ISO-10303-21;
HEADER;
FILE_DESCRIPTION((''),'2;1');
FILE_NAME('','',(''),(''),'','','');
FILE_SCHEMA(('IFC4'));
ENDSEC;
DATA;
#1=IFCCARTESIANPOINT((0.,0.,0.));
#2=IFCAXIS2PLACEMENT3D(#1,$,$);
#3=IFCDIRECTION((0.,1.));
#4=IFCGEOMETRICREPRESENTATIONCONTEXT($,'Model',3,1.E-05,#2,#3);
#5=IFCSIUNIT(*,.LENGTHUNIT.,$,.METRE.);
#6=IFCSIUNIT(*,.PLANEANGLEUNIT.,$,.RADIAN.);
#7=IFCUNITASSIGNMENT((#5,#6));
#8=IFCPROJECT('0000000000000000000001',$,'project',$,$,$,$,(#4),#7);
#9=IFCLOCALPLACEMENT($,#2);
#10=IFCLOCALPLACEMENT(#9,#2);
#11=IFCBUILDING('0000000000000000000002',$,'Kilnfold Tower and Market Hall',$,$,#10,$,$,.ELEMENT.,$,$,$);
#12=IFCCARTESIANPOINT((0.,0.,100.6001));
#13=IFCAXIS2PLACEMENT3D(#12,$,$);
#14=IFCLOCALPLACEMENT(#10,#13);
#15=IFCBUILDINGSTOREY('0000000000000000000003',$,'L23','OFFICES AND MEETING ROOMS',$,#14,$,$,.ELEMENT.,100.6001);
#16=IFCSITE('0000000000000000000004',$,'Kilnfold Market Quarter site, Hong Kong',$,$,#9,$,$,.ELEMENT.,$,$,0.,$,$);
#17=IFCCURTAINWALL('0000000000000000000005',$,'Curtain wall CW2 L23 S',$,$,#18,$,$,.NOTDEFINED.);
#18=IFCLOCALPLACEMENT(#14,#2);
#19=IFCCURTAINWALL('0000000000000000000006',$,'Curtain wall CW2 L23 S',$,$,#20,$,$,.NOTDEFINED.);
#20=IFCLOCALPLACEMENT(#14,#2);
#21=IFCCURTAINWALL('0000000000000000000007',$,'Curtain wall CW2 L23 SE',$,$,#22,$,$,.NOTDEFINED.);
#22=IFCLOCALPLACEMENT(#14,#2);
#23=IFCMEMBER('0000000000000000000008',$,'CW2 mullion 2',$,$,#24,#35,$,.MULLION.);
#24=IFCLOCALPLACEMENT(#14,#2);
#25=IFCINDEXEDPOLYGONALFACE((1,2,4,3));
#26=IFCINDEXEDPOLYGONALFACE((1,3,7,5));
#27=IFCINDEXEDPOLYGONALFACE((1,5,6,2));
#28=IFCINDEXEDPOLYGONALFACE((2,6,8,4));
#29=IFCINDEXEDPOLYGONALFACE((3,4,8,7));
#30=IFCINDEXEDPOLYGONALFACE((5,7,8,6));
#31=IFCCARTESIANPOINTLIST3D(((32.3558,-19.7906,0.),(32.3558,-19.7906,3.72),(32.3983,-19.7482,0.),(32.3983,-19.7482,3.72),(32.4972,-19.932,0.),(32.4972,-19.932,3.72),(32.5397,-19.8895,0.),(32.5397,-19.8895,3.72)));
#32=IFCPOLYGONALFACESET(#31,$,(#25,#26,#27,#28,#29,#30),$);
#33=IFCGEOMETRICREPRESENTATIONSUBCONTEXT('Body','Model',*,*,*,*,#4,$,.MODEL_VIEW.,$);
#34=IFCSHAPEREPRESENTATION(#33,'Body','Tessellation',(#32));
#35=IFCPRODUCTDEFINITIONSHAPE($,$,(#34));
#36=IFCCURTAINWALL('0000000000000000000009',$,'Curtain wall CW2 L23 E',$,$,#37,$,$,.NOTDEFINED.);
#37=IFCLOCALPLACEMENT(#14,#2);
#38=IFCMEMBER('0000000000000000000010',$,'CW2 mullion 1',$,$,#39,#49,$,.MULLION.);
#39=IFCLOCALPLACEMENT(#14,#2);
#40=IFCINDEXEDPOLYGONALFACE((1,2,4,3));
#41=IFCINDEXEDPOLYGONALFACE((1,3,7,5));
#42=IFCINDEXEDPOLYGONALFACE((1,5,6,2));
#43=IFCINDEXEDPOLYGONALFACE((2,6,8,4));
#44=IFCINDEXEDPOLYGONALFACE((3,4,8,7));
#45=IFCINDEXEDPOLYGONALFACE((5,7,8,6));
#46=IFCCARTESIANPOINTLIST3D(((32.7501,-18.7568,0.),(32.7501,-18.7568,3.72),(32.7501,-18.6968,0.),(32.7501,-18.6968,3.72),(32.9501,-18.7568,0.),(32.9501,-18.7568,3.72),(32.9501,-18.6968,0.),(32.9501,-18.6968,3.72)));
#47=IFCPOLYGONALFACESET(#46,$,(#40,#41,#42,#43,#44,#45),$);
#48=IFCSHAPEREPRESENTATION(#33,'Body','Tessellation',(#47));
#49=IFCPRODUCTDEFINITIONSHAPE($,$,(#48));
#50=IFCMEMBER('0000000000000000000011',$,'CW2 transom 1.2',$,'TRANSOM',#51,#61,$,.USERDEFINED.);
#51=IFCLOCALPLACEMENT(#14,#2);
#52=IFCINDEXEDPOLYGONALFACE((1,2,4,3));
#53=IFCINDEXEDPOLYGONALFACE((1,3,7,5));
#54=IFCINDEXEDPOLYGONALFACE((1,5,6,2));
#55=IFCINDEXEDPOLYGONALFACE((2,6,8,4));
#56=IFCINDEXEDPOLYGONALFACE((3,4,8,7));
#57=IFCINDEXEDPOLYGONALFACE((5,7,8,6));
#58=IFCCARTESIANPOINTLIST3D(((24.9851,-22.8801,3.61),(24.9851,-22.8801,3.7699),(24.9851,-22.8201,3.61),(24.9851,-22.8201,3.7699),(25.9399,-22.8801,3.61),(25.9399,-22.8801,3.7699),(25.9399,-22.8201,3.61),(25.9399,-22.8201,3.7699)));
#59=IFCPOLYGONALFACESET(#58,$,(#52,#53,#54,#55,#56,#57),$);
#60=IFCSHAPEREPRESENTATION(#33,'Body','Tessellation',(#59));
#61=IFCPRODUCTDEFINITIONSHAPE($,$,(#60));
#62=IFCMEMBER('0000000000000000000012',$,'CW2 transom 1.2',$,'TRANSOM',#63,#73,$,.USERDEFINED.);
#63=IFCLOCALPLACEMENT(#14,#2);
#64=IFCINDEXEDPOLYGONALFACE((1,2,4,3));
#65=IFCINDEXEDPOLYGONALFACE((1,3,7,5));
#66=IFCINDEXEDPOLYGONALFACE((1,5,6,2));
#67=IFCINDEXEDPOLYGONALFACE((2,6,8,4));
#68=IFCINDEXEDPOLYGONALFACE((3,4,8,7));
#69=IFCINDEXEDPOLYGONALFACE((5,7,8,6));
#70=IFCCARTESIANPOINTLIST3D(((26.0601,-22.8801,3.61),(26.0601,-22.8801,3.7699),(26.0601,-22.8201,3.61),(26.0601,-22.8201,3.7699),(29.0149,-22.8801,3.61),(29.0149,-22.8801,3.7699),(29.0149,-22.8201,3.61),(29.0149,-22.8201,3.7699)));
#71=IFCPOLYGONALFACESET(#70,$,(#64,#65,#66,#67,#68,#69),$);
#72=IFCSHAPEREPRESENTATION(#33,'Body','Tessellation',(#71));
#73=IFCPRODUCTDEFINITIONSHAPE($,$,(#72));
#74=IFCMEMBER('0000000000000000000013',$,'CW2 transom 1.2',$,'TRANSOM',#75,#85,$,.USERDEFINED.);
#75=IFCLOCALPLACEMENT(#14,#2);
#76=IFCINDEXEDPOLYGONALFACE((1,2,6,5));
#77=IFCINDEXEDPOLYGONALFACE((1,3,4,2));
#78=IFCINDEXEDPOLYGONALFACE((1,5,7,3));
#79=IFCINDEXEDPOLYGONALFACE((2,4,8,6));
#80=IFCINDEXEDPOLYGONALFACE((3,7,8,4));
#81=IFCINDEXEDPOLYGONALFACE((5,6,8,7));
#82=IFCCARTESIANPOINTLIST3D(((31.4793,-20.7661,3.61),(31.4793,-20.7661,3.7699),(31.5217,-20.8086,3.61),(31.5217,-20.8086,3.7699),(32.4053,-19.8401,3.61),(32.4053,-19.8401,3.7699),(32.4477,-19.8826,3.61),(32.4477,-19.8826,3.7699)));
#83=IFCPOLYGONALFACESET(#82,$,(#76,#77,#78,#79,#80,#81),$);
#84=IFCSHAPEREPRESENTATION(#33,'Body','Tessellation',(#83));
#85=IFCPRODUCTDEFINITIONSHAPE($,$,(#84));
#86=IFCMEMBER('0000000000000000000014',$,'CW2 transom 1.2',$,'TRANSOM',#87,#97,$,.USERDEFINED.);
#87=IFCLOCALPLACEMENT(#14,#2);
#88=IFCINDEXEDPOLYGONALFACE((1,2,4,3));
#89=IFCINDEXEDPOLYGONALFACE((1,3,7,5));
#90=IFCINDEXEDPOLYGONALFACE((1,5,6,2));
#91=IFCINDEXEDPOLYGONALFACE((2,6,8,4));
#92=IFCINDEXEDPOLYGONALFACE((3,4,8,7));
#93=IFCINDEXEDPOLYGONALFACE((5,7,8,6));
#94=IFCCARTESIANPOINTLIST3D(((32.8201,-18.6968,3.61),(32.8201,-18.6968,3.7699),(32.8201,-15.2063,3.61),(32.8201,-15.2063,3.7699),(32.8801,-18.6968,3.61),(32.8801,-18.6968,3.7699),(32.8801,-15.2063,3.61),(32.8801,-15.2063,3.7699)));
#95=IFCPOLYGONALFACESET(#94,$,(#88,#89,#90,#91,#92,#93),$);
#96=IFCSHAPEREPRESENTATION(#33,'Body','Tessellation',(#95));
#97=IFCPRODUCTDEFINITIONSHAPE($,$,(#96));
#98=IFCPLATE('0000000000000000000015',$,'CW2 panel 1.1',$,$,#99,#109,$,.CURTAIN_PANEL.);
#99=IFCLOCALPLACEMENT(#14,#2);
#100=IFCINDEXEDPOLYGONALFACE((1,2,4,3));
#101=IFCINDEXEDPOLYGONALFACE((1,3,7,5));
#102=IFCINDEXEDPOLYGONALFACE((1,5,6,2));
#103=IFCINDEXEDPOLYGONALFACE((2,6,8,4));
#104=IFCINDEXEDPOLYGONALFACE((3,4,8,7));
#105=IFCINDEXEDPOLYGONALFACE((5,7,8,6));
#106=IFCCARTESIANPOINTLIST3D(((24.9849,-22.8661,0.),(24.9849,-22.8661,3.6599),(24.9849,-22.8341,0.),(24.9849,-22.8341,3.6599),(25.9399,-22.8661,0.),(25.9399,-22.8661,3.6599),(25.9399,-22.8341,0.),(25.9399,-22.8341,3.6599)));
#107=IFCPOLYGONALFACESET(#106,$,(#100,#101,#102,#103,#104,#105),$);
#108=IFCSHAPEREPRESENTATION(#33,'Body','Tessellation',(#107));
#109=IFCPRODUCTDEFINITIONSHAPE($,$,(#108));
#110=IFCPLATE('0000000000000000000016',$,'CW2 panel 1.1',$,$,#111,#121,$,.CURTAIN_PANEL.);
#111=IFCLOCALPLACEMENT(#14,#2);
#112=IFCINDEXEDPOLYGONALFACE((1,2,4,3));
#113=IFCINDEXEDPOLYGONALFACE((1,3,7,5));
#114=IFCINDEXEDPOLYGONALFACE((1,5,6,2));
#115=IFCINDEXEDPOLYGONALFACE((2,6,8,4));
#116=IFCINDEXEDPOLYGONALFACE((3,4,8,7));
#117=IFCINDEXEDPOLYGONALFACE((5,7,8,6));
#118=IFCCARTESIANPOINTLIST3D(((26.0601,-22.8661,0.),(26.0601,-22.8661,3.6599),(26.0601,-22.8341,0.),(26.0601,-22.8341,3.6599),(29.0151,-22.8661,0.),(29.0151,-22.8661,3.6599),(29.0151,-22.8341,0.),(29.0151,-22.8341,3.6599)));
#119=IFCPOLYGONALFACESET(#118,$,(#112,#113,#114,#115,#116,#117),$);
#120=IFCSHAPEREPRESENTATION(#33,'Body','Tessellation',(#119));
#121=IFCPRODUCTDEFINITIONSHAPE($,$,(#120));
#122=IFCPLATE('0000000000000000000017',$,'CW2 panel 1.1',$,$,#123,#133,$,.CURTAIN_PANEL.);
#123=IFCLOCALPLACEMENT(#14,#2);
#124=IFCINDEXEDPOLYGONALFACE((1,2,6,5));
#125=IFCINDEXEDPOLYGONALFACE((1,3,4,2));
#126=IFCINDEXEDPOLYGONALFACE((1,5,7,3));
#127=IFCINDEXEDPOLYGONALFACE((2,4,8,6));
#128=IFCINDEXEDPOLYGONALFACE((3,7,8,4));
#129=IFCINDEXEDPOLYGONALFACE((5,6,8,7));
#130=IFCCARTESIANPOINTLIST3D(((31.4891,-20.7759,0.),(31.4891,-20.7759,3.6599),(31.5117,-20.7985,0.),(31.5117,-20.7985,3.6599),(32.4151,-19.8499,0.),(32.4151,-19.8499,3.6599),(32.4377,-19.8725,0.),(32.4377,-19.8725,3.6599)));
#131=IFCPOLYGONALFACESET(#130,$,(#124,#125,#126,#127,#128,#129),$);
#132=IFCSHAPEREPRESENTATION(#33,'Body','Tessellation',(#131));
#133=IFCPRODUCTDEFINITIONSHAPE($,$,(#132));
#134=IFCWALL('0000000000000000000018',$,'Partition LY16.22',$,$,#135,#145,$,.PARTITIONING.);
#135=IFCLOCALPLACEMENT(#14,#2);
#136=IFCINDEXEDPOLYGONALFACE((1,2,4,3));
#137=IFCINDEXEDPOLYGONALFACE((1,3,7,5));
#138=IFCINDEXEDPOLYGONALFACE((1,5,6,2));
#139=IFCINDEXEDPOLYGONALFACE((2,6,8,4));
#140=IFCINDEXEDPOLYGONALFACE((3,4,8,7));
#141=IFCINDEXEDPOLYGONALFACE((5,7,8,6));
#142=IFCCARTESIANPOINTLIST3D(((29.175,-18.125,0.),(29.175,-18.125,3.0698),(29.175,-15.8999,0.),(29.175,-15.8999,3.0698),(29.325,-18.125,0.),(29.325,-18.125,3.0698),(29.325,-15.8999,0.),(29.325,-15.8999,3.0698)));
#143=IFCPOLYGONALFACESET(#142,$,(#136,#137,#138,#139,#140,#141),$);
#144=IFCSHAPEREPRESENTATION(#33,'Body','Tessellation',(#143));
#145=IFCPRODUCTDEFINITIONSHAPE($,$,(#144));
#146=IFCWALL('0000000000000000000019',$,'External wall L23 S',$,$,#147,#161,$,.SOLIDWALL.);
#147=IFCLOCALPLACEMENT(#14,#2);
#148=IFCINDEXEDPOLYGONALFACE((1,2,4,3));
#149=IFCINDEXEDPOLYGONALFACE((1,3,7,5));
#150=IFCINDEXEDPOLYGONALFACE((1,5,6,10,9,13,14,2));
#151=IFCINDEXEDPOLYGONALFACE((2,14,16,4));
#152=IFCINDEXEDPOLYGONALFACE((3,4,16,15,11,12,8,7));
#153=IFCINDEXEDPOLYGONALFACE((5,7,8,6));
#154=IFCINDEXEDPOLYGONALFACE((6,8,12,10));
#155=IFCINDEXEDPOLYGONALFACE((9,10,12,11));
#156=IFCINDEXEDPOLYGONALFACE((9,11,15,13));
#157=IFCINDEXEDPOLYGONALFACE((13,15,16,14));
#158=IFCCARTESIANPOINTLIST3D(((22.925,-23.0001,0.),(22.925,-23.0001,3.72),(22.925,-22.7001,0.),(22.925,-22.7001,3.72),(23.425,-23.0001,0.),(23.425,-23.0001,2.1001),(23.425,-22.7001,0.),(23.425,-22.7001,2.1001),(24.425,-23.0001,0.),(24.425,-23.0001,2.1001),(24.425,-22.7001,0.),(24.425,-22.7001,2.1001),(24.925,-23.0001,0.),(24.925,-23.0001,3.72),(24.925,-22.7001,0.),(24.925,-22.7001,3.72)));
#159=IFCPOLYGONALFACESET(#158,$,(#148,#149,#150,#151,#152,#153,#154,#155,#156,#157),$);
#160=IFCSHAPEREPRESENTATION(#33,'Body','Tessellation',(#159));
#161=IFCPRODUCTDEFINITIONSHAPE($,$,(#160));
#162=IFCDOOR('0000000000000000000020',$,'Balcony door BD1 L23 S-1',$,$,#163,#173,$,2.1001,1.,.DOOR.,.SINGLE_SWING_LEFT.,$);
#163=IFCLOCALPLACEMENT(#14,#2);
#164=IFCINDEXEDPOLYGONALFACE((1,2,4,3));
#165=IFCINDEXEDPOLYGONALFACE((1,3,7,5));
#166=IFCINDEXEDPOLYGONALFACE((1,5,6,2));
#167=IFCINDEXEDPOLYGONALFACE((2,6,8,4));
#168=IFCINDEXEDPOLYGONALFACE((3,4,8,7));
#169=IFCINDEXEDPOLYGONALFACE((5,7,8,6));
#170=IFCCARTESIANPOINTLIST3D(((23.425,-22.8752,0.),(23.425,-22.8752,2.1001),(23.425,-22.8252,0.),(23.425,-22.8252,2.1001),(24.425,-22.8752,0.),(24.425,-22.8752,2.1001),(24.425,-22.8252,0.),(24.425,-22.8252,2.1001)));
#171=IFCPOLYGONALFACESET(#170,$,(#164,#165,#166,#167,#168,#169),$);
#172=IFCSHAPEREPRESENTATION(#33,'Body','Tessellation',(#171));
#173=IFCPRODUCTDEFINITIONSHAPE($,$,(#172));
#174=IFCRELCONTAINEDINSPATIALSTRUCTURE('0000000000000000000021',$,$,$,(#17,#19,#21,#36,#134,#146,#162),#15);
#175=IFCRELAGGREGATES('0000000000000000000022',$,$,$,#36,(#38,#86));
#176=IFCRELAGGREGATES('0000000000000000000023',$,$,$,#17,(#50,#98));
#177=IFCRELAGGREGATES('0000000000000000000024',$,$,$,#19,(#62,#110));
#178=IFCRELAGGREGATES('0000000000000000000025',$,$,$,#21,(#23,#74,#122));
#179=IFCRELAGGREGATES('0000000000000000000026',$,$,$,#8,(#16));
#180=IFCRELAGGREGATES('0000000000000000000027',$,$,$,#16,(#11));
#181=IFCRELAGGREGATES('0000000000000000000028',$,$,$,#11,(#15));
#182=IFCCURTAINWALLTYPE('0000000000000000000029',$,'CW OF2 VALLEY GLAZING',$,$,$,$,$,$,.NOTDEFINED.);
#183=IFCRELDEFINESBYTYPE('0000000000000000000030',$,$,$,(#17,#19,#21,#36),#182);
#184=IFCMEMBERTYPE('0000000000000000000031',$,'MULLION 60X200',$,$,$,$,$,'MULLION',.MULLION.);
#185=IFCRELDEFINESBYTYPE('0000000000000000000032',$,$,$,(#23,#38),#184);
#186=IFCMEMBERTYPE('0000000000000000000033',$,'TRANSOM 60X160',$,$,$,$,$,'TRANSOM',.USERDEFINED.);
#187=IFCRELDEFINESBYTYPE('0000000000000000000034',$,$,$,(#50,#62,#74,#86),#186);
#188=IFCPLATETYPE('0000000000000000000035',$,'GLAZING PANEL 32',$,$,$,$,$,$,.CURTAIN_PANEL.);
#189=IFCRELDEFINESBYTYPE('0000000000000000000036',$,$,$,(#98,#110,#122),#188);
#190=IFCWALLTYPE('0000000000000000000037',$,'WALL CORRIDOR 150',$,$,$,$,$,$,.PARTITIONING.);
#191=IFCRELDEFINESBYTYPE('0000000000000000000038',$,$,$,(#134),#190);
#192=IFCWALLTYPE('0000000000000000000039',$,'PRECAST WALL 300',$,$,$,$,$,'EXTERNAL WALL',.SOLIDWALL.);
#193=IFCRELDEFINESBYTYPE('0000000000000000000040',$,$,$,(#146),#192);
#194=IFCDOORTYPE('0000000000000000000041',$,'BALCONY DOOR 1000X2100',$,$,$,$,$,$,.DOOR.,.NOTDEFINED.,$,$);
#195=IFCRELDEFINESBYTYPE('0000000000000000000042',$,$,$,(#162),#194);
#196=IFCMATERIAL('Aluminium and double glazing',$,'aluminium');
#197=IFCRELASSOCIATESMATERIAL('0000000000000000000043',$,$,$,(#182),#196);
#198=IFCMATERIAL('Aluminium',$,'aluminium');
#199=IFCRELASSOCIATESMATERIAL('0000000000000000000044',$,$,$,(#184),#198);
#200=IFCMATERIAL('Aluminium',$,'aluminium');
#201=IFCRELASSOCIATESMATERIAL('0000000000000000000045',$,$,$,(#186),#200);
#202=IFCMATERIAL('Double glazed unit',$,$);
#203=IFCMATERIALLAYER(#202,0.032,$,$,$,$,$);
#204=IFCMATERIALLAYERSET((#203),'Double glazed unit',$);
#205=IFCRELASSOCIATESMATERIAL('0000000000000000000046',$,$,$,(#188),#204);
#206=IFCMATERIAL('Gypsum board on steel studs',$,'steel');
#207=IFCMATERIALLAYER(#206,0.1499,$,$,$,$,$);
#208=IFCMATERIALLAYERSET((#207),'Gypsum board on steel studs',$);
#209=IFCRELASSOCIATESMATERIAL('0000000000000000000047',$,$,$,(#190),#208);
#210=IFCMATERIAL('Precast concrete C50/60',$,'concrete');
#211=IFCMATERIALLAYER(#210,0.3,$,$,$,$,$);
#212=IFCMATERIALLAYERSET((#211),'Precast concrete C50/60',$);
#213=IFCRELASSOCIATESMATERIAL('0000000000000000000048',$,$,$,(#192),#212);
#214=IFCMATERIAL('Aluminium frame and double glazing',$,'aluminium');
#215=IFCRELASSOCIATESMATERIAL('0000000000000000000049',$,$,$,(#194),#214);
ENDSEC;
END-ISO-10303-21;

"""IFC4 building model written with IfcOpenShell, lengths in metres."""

from ifc_helpers import new_model, si_unit, direction, frame, frame_2d, origin, origin_2d, place, context, subcontext, project, spatial, rectangle, extrude, source, transform, mapped, material, layer, layer_set, material_profile, profile_set, type_object, element, fill, aggregate, save


model = new_model("IFC4")

# Units and contexts
model_context = context("Model", 3, precision=1e-05, world=origin(), true_north=direction((0.0, 1.0)))
body_context = subcontext(model_context, "Body", "Model", "MODEL_VIEW")
ifc_project = project(units=[si_unit("LENGTHUNIT", "METRE"), si_unit("PLANEANGLEUNIT", "RADIAN")], contexts=[model_context])

# Site, building, storey
site_placement = place(None, origin())
site = spatial("IfcSite", under=ifc_project, at=site_placement, Name="Kilnfold Market Quarter site, Hong Kong", CompositionType="ELEMENT", RefElevation=0.0)
building_placement = place(site_placement, origin())
building = spatial("IfcBuilding", under=site, at=building_placement, Name="Kilnfold Tower and Market Hall", CompositionType="ELEMENT")
storey_placement = place(building_placement, frame((0.0, 0.0, 100.6001)))
storey = spatial("IfcBuildingStorey", under=building, at=storey_placement, Name="L23", Description="OFFICES AND MEETING ROOMS", CompositionType="ELEMENT", Elevation=100.6001)

# Shared definitions
ifc_material_1 = material(Name="Aluminium and double glazing", Category="aluminium")
curtain_wall_type = type_object("IfcCurtainWallType", Name="CW OF2 VALLEY GLAZING", PredefinedType="NOTDEFINED", material=ifc_material_1)
ifc_material_2 = material(Name="Aluminium", Category="aluminium")
ifc_material_profile_1 = material_profile(ifc_material_2, rectangle(XDim=0.0601, YDim=0.2, at=origin_2d()), Name="MULLION 60x200")
ifc_profile_set_1 = profile_set([ifc_material_profile_1], Name="Aluminium")
member_type_1 = type_object("IfcMemberType", Name="MULLION 60X200", ElementType="MULLION", PredefinedType="MULLION", material=ifc_profile_set_1)
shared_shape_1 = source(origin(), body_context, "Body", "SweptSolid", [
    extrude(rectangle(XDim=0.0601, YDim=0.2, at=origin_2d()), origin(), (0.0, 0.0, 1.0), 3.72),
])

# Curtain walls, member
curtain_wall_1_placement = place(storey_placement, origin())
curtain_wall_1 = element("IfcCurtainWall", 1, at=curtain_wall_1_placement, inside=storey, type_object=curtain_wall_type, Name="Curtain wall CW2 L23 S", PredefinedType="NOTDEFINED")
curtain_wall_2_placement = place(storey_placement, origin())
curtain_wall_2 = element("IfcCurtainWall", 2, at=curtain_wall_2_placement, inside=storey, type_object=curtain_wall_type, Name="Curtain wall CW2 L23 S", PredefinedType="NOTDEFINED")
curtain_wall_3_placement = place(storey_placement, origin())
curtain_wall_3 = element("IfcCurtainWall", 3, at=curtain_wall_3_placement, inside=storey, type_object=curtain_wall_type, Name="Curtain wall CW2 L23 SE", PredefinedType="NOTDEFINED")
member_1_placement = place(storey_placement, frame((32.4478, -19.8401, 0.0), z_axis=(0.0, 0.0, 1.0), x_axis=(0.707107, 0.707107, 0.0)))
member_1 = element("IfcMember", 4, at=member_1_placement, type_object=member_type_1, Name="CW2 mullion 2", PredefinedType="MULLION", context=body_context, shape_type="MappedRepresentation", body=[
    mapped(shared_shape_1, transform((0.0, 0.0, 0.0))),
])

# Curtain wall, member
curtain_wall_4_placement = place(storey_placement, origin())
curtain_wall_4 = element("IfcCurtainWall", 5, at=curtain_wall_4_placement, inside=storey, type_object=curtain_wall_type, Name="Curtain wall CW2 L23 E", PredefinedType="NOTDEFINED")
member_2_placement = place(storey_placement, frame((32.8501, -18.7268, 0.0), z_axis=(0.0, 0.0, 1.0), x_axis=(0.0, 1.0, 0.0)))
member_2 = element("IfcMember", 6, at=member_2_placement, type_object=member_type_1, Name="CW2 mullion 1", PredefinedType="MULLION", context=body_context, shape_type="MappedRepresentation", body=[
    mapped(shared_shape_1, transform((0.0, 0.0, 0.0))),
])

# Members
ifc_material_3 = material(Name="Aluminium", Category="aluminium")
ifc_material_profile_2 = material_profile(ifc_material_3, rectangle(XDim=0.0601, YDim=0.1599, at=origin_2d()), Name="TRANSOM 60x160")
ifc_profile_set_2 = profile_set([ifc_material_profile_2], Name="Aluminium")
member_type_2 = type_object("IfcMemberType", Name="TRANSOM 60X160", ElementType="TRANSOM", PredefinedType="USERDEFINED", material=ifc_profile_set_2)
shared_shape_2 = source(origin(), body_context, "Body", "SweptSolid", [
    extrude(rectangle(XDim=0.0601, YDim=0.1599, at=origin_2d()), origin(), (0.0, 0.0, 1.0), 0.9548),
])
member_3_placement = place(storey_placement, frame((24.9851, -22.8501, 3.6899), z_axis=(1.0, 0.0, 0.0), x_axis=(0.0, 1.0, 0.0)))
member_3 = element("IfcMember", 7, at=member_3_placement, type_object=member_type_2, Name="CW2 transom 1.2", ObjectType="TRANSOM", PredefinedType="USERDEFINED", context=body_context, shape_type="MappedRepresentation", body=[
    mapped(shared_shape_2, transform((0.0, 0.0, 0.0))),
])
shared_shape_3 = source(origin(), body_context, "Body", "SweptSolid", [
    extrude(rectangle(XDim=0.0601, YDim=0.1599, at=origin_2d()), origin(), (0.0, 0.0, 1.0), 2.9548),
])
member_4_placement = place(storey_placement, frame((26.0601, -22.8501, 3.6899), z_axis=(1.0, 0.0, 0.0), x_axis=(0.0, 1.0, 0.0)))
member_4 = element("IfcMember", 8, at=member_4_placement, type_object=member_type_2, Name="CW2 transom 1.2", ObjectType="TRANSOM", PredefinedType="USERDEFINED", context=body_context, shape_type="MappedRepresentation", body=[
    mapped(shared_shape_3, transform((0.0, 0.0, 0.0))),
])
shared_shape_4 = source(origin(), body_context, "Body", "SweptSolid", [
    extrude(rectangle(XDim=0.0601, YDim=0.1599, at=origin_2d()), origin(), (0.0, 0.0, 1.0), 1.3096),
])
member_5_placement = place(storey_placement, frame((31.5005, -20.7874, 3.6899), z_axis=(0.707107, 0.707107, 0.0), x_axis=(-0.707107, 0.707107, 0.0)))
member_5 = element("IfcMember", 9, at=member_5_placement, type_object=member_type_2, Name="CW2 transom 1.2", ObjectType="TRANSOM", PredefinedType="USERDEFINED", context=body_context, shape_type="MappedRepresentation", body=[
    mapped(shared_shape_4, transform((0.0, 0.0, 0.0))),
])
shared_shape_5 = source(origin(), body_context, "Body", "SweptSolid", [
    extrude(rectangle(XDim=0.0601, YDim=0.1599, at=origin_2d()), origin(), (0.0, 0.0, 1.0), 3.4905),
])
member_6_placement = place(storey_placement, frame((32.8501, -18.6968, 3.6899), z_axis=(0.0, 1.0, 0.0), x_axis=(-1.0, 0.0, 0.0)))
member_6 = element("IfcMember", 10, at=member_6_placement, type_object=member_type_2, Name="CW2 transom 1.2", ObjectType="TRANSOM", PredefinedType="USERDEFINED", context=body_context, shape_type="MappedRepresentation", body=[
    mapped(shared_shape_5, transform((0.0, 0.0, 0.0))),
])
aggregate(curtain_wall_4, [member_2, member_6])

# Plates
ifc_material_4 = material(Name="Double glazed unit")
ifc_layer_1 = layer(ifc_material_4, 0.032)
ifc_layer_set_1 = layer_set([ifc_layer_1], Name="Double glazed unit")
plate_type = type_object("IfcPlateType", Name="GLAZING PANEL 32", PredefinedType="CURTAIN_PANEL", material=ifc_layer_set_1)
shared_shape_6 = source(origin(), body_context, "Body", "SweptSolid", [
    extrude(rectangle(XDim=0.9551, YDim=0.032, at=origin_2d()), origin(), (0.0, 0.0, 1.0), 3.6599),
])
plate_1_placement = place(storey_placement, frame((25.4624, -22.8501, 0.0), z_axis=(0.0, 0.0, 1.0), x_axis=(1.0, 0.0, 0.0)))
plate_1 = element("IfcPlate", 11, at=plate_1_placement, type_object=plate_type, Name="CW2 panel 1.1", PredefinedType="CURTAIN_PANEL", context=body_context, shape_type="MappedRepresentation", body=[
    mapped(shared_shape_6, transform((0.0, 0.0, 0.0))),
])
aggregate(curtain_wall_1, [member_3, plate_1])
shared_shape_7 = source(origin(), body_context, "Body", "SweptSolid", [
    extrude(rectangle(XDim=2.9551, YDim=0.032, at=origin_2d()), origin(), (0.0, 0.0, 1.0), 3.6599),
])
plate_2_placement = place(storey_placement, frame((27.5376, -22.8501, 0.0), z_axis=(0.0, 0.0, 1.0), x_axis=(1.0, 0.0, 0.0)))
plate_2 = element("IfcPlate", 12, at=plate_2_placement, type_object=plate_type, Name="CW2 panel 1.1", PredefinedType="CURTAIN_PANEL", context=body_context, shape_type="MappedRepresentation", body=[
    mapped(shared_shape_7, transform((0.0, 0.0, 0.0))),
])
aggregate(curtain_wall_2, [member_4, plate_2])
shared_shape_8 = source(origin(), body_context, "Body", "SweptSolid", [
    extrude(rectangle(XDim=1.3096, YDim=0.032, at=origin_2d()), origin(), (0.0, 0.0, 1.0), 3.6599),
])
plate_3_placement = place(storey_placement, frame((31.9634, -20.3242, 0.0), z_axis=(0.0, 0.0, 1.0), x_axis=(0.707107, 0.707107, 0.0)))
plate_3 = element("IfcPlate", 13, at=plate_3_placement, type_object=plate_type, Name="CW2 panel 1.1", PredefinedType="CURTAIN_PANEL", context=body_context, shape_type="MappedRepresentation", body=[
    mapped(shared_shape_8, transform((0.0, 0.0, 0.0))),
])
aggregate(curtain_wall_3, [member_1, member_5, plate_3])

# Wall
ifc_material_5 = material(Name="Gypsum board on steel studs", Category="steel")
ifc_layer_2 = layer(ifc_material_5, 0.1499)
ifc_layer_set_2 = layer_set([ifc_layer_2], Name="Gypsum board on steel studs")
wall_type_1 = type_object("IfcWallType", Name="WALL CORRIDOR 150", PredefinedType="PARTITIONING", material=ifc_layer_set_2)
wall_1_placement = place(storey_placement, frame((29.25, -18.125, 0.0), z_axis=(0.0, 0.0, 1.0), x_axis=(0.0, 1.0, 0.0)))
element("IfcWall", 14, at=wall_1_placement, inside=storey, type_object=wall_type_1, Name="Partition LY16.22", PredefinedType="PARTITIONING", context=body_context, shape_type="SweptSolid", body=[
    extrude(rectangle(XDim=2.2251, YDim=0.1499, at=frame_2d((1.1125, 0.0))), origin(), (0.0, 0.0, 1.0), 3.0698),
])

# Wall, opening, door
ifc_material_6 = material(Name="Precast concrete C50/60", Category="concrete")
ifc_layer_3 = layer(ifc_material_6, 0.3)
ifc_layer_set_3 = layer_set([ifc_layer_3], Name="Precast concrete C50/60")
wall_type_2 = type_object("IfcWallType", Name="PRECAST WALL 300", ElementType="EXTERNAL WALL", PredefinedType="SOLIDWALL", material=ifc_layer_set_3)
shared_shape_9 = source(origin(), body_context, "Body", "SweptSolid", [
    extrude(rectangle(XDim=2.0, YDim=0.3, at=frame_2d((1.0, 0.0))), origin(), (0.0, 0.0, 1.0), 3.72),
])
wall_2_placement = place(storey_placement, frame((22.925, -22.8501, 0.0), z_axis=(0.0, 0.0, 1.0), x_axis=(1.0, 0.0, 0.0)))
wall_2 = element("IfcWall", 15, at=wall_2_placement, inside=storey, type_object=wall_type_2, Name="External wall L23 S", PredefinedType="SOLIDWALL", context=body_context, shape_type="MappedRepresentation", body=[
    mapped(shared_shape_9, transform((0.0, 0.0, 0.0))),
])
opening_1_placement = place(wall_2_placement, frame((0.5, 0.0, 0.0)))
opening_1 = element("IfcOpeningElement", 16, at=opening_1_placement, cuts=wall_2, PredefinedType="OPENING", context=body_context, shape_type="SweptSolid", body=[
    extrude(rectangle(XDim=1.0, YDim=2.1001, at=frame_2d((0.5, 1.05))), frame((0.0, 0.1602, 0.0), z_axis=(0.0, -1.0, 0.0), x_axis=(1.0, 0.0, 0.0)), (0.0, 0.0, 1.0), 0.3201),
])
ifc_material_7 = material(Name="Aluminium frame and double glazing", Category="aluminium")
door_type = type_object("IfcDoorType", Name="BALCONY DOOR 1000X2100", OperationType="NOTDEFINED", PredefinedType="DOOR", material=ifc_material_7)
door_1_placement = place(opening_1_placement, origin())
door_1 = element("IfcDoor", 17, at=door_1_placement, inside=storey, type_object=door_type, Name="Balcony door BD1 L23 S-1", OperationType="SINGLE_SWING_LEFT", OverallHeight=2.1001, OverallWidth=1.0, PredefinedType="DOOR", context=body_context, shape_type="SweptSolid", body=[
    extrude(rectangle(XDim=1.0, YDim=2.1001, at=frame_2d((0.5, 1.05))), frame((0.0, 0.0249, 0.0), z_axis=(0.0, -1.0, 0.0), x_axis=(1.0, 0.0, 0.0)), (0.0, 0.0, 1.0), 0.05),
])
fill(opening_1, door_1)

save(model, "model.ifc")
